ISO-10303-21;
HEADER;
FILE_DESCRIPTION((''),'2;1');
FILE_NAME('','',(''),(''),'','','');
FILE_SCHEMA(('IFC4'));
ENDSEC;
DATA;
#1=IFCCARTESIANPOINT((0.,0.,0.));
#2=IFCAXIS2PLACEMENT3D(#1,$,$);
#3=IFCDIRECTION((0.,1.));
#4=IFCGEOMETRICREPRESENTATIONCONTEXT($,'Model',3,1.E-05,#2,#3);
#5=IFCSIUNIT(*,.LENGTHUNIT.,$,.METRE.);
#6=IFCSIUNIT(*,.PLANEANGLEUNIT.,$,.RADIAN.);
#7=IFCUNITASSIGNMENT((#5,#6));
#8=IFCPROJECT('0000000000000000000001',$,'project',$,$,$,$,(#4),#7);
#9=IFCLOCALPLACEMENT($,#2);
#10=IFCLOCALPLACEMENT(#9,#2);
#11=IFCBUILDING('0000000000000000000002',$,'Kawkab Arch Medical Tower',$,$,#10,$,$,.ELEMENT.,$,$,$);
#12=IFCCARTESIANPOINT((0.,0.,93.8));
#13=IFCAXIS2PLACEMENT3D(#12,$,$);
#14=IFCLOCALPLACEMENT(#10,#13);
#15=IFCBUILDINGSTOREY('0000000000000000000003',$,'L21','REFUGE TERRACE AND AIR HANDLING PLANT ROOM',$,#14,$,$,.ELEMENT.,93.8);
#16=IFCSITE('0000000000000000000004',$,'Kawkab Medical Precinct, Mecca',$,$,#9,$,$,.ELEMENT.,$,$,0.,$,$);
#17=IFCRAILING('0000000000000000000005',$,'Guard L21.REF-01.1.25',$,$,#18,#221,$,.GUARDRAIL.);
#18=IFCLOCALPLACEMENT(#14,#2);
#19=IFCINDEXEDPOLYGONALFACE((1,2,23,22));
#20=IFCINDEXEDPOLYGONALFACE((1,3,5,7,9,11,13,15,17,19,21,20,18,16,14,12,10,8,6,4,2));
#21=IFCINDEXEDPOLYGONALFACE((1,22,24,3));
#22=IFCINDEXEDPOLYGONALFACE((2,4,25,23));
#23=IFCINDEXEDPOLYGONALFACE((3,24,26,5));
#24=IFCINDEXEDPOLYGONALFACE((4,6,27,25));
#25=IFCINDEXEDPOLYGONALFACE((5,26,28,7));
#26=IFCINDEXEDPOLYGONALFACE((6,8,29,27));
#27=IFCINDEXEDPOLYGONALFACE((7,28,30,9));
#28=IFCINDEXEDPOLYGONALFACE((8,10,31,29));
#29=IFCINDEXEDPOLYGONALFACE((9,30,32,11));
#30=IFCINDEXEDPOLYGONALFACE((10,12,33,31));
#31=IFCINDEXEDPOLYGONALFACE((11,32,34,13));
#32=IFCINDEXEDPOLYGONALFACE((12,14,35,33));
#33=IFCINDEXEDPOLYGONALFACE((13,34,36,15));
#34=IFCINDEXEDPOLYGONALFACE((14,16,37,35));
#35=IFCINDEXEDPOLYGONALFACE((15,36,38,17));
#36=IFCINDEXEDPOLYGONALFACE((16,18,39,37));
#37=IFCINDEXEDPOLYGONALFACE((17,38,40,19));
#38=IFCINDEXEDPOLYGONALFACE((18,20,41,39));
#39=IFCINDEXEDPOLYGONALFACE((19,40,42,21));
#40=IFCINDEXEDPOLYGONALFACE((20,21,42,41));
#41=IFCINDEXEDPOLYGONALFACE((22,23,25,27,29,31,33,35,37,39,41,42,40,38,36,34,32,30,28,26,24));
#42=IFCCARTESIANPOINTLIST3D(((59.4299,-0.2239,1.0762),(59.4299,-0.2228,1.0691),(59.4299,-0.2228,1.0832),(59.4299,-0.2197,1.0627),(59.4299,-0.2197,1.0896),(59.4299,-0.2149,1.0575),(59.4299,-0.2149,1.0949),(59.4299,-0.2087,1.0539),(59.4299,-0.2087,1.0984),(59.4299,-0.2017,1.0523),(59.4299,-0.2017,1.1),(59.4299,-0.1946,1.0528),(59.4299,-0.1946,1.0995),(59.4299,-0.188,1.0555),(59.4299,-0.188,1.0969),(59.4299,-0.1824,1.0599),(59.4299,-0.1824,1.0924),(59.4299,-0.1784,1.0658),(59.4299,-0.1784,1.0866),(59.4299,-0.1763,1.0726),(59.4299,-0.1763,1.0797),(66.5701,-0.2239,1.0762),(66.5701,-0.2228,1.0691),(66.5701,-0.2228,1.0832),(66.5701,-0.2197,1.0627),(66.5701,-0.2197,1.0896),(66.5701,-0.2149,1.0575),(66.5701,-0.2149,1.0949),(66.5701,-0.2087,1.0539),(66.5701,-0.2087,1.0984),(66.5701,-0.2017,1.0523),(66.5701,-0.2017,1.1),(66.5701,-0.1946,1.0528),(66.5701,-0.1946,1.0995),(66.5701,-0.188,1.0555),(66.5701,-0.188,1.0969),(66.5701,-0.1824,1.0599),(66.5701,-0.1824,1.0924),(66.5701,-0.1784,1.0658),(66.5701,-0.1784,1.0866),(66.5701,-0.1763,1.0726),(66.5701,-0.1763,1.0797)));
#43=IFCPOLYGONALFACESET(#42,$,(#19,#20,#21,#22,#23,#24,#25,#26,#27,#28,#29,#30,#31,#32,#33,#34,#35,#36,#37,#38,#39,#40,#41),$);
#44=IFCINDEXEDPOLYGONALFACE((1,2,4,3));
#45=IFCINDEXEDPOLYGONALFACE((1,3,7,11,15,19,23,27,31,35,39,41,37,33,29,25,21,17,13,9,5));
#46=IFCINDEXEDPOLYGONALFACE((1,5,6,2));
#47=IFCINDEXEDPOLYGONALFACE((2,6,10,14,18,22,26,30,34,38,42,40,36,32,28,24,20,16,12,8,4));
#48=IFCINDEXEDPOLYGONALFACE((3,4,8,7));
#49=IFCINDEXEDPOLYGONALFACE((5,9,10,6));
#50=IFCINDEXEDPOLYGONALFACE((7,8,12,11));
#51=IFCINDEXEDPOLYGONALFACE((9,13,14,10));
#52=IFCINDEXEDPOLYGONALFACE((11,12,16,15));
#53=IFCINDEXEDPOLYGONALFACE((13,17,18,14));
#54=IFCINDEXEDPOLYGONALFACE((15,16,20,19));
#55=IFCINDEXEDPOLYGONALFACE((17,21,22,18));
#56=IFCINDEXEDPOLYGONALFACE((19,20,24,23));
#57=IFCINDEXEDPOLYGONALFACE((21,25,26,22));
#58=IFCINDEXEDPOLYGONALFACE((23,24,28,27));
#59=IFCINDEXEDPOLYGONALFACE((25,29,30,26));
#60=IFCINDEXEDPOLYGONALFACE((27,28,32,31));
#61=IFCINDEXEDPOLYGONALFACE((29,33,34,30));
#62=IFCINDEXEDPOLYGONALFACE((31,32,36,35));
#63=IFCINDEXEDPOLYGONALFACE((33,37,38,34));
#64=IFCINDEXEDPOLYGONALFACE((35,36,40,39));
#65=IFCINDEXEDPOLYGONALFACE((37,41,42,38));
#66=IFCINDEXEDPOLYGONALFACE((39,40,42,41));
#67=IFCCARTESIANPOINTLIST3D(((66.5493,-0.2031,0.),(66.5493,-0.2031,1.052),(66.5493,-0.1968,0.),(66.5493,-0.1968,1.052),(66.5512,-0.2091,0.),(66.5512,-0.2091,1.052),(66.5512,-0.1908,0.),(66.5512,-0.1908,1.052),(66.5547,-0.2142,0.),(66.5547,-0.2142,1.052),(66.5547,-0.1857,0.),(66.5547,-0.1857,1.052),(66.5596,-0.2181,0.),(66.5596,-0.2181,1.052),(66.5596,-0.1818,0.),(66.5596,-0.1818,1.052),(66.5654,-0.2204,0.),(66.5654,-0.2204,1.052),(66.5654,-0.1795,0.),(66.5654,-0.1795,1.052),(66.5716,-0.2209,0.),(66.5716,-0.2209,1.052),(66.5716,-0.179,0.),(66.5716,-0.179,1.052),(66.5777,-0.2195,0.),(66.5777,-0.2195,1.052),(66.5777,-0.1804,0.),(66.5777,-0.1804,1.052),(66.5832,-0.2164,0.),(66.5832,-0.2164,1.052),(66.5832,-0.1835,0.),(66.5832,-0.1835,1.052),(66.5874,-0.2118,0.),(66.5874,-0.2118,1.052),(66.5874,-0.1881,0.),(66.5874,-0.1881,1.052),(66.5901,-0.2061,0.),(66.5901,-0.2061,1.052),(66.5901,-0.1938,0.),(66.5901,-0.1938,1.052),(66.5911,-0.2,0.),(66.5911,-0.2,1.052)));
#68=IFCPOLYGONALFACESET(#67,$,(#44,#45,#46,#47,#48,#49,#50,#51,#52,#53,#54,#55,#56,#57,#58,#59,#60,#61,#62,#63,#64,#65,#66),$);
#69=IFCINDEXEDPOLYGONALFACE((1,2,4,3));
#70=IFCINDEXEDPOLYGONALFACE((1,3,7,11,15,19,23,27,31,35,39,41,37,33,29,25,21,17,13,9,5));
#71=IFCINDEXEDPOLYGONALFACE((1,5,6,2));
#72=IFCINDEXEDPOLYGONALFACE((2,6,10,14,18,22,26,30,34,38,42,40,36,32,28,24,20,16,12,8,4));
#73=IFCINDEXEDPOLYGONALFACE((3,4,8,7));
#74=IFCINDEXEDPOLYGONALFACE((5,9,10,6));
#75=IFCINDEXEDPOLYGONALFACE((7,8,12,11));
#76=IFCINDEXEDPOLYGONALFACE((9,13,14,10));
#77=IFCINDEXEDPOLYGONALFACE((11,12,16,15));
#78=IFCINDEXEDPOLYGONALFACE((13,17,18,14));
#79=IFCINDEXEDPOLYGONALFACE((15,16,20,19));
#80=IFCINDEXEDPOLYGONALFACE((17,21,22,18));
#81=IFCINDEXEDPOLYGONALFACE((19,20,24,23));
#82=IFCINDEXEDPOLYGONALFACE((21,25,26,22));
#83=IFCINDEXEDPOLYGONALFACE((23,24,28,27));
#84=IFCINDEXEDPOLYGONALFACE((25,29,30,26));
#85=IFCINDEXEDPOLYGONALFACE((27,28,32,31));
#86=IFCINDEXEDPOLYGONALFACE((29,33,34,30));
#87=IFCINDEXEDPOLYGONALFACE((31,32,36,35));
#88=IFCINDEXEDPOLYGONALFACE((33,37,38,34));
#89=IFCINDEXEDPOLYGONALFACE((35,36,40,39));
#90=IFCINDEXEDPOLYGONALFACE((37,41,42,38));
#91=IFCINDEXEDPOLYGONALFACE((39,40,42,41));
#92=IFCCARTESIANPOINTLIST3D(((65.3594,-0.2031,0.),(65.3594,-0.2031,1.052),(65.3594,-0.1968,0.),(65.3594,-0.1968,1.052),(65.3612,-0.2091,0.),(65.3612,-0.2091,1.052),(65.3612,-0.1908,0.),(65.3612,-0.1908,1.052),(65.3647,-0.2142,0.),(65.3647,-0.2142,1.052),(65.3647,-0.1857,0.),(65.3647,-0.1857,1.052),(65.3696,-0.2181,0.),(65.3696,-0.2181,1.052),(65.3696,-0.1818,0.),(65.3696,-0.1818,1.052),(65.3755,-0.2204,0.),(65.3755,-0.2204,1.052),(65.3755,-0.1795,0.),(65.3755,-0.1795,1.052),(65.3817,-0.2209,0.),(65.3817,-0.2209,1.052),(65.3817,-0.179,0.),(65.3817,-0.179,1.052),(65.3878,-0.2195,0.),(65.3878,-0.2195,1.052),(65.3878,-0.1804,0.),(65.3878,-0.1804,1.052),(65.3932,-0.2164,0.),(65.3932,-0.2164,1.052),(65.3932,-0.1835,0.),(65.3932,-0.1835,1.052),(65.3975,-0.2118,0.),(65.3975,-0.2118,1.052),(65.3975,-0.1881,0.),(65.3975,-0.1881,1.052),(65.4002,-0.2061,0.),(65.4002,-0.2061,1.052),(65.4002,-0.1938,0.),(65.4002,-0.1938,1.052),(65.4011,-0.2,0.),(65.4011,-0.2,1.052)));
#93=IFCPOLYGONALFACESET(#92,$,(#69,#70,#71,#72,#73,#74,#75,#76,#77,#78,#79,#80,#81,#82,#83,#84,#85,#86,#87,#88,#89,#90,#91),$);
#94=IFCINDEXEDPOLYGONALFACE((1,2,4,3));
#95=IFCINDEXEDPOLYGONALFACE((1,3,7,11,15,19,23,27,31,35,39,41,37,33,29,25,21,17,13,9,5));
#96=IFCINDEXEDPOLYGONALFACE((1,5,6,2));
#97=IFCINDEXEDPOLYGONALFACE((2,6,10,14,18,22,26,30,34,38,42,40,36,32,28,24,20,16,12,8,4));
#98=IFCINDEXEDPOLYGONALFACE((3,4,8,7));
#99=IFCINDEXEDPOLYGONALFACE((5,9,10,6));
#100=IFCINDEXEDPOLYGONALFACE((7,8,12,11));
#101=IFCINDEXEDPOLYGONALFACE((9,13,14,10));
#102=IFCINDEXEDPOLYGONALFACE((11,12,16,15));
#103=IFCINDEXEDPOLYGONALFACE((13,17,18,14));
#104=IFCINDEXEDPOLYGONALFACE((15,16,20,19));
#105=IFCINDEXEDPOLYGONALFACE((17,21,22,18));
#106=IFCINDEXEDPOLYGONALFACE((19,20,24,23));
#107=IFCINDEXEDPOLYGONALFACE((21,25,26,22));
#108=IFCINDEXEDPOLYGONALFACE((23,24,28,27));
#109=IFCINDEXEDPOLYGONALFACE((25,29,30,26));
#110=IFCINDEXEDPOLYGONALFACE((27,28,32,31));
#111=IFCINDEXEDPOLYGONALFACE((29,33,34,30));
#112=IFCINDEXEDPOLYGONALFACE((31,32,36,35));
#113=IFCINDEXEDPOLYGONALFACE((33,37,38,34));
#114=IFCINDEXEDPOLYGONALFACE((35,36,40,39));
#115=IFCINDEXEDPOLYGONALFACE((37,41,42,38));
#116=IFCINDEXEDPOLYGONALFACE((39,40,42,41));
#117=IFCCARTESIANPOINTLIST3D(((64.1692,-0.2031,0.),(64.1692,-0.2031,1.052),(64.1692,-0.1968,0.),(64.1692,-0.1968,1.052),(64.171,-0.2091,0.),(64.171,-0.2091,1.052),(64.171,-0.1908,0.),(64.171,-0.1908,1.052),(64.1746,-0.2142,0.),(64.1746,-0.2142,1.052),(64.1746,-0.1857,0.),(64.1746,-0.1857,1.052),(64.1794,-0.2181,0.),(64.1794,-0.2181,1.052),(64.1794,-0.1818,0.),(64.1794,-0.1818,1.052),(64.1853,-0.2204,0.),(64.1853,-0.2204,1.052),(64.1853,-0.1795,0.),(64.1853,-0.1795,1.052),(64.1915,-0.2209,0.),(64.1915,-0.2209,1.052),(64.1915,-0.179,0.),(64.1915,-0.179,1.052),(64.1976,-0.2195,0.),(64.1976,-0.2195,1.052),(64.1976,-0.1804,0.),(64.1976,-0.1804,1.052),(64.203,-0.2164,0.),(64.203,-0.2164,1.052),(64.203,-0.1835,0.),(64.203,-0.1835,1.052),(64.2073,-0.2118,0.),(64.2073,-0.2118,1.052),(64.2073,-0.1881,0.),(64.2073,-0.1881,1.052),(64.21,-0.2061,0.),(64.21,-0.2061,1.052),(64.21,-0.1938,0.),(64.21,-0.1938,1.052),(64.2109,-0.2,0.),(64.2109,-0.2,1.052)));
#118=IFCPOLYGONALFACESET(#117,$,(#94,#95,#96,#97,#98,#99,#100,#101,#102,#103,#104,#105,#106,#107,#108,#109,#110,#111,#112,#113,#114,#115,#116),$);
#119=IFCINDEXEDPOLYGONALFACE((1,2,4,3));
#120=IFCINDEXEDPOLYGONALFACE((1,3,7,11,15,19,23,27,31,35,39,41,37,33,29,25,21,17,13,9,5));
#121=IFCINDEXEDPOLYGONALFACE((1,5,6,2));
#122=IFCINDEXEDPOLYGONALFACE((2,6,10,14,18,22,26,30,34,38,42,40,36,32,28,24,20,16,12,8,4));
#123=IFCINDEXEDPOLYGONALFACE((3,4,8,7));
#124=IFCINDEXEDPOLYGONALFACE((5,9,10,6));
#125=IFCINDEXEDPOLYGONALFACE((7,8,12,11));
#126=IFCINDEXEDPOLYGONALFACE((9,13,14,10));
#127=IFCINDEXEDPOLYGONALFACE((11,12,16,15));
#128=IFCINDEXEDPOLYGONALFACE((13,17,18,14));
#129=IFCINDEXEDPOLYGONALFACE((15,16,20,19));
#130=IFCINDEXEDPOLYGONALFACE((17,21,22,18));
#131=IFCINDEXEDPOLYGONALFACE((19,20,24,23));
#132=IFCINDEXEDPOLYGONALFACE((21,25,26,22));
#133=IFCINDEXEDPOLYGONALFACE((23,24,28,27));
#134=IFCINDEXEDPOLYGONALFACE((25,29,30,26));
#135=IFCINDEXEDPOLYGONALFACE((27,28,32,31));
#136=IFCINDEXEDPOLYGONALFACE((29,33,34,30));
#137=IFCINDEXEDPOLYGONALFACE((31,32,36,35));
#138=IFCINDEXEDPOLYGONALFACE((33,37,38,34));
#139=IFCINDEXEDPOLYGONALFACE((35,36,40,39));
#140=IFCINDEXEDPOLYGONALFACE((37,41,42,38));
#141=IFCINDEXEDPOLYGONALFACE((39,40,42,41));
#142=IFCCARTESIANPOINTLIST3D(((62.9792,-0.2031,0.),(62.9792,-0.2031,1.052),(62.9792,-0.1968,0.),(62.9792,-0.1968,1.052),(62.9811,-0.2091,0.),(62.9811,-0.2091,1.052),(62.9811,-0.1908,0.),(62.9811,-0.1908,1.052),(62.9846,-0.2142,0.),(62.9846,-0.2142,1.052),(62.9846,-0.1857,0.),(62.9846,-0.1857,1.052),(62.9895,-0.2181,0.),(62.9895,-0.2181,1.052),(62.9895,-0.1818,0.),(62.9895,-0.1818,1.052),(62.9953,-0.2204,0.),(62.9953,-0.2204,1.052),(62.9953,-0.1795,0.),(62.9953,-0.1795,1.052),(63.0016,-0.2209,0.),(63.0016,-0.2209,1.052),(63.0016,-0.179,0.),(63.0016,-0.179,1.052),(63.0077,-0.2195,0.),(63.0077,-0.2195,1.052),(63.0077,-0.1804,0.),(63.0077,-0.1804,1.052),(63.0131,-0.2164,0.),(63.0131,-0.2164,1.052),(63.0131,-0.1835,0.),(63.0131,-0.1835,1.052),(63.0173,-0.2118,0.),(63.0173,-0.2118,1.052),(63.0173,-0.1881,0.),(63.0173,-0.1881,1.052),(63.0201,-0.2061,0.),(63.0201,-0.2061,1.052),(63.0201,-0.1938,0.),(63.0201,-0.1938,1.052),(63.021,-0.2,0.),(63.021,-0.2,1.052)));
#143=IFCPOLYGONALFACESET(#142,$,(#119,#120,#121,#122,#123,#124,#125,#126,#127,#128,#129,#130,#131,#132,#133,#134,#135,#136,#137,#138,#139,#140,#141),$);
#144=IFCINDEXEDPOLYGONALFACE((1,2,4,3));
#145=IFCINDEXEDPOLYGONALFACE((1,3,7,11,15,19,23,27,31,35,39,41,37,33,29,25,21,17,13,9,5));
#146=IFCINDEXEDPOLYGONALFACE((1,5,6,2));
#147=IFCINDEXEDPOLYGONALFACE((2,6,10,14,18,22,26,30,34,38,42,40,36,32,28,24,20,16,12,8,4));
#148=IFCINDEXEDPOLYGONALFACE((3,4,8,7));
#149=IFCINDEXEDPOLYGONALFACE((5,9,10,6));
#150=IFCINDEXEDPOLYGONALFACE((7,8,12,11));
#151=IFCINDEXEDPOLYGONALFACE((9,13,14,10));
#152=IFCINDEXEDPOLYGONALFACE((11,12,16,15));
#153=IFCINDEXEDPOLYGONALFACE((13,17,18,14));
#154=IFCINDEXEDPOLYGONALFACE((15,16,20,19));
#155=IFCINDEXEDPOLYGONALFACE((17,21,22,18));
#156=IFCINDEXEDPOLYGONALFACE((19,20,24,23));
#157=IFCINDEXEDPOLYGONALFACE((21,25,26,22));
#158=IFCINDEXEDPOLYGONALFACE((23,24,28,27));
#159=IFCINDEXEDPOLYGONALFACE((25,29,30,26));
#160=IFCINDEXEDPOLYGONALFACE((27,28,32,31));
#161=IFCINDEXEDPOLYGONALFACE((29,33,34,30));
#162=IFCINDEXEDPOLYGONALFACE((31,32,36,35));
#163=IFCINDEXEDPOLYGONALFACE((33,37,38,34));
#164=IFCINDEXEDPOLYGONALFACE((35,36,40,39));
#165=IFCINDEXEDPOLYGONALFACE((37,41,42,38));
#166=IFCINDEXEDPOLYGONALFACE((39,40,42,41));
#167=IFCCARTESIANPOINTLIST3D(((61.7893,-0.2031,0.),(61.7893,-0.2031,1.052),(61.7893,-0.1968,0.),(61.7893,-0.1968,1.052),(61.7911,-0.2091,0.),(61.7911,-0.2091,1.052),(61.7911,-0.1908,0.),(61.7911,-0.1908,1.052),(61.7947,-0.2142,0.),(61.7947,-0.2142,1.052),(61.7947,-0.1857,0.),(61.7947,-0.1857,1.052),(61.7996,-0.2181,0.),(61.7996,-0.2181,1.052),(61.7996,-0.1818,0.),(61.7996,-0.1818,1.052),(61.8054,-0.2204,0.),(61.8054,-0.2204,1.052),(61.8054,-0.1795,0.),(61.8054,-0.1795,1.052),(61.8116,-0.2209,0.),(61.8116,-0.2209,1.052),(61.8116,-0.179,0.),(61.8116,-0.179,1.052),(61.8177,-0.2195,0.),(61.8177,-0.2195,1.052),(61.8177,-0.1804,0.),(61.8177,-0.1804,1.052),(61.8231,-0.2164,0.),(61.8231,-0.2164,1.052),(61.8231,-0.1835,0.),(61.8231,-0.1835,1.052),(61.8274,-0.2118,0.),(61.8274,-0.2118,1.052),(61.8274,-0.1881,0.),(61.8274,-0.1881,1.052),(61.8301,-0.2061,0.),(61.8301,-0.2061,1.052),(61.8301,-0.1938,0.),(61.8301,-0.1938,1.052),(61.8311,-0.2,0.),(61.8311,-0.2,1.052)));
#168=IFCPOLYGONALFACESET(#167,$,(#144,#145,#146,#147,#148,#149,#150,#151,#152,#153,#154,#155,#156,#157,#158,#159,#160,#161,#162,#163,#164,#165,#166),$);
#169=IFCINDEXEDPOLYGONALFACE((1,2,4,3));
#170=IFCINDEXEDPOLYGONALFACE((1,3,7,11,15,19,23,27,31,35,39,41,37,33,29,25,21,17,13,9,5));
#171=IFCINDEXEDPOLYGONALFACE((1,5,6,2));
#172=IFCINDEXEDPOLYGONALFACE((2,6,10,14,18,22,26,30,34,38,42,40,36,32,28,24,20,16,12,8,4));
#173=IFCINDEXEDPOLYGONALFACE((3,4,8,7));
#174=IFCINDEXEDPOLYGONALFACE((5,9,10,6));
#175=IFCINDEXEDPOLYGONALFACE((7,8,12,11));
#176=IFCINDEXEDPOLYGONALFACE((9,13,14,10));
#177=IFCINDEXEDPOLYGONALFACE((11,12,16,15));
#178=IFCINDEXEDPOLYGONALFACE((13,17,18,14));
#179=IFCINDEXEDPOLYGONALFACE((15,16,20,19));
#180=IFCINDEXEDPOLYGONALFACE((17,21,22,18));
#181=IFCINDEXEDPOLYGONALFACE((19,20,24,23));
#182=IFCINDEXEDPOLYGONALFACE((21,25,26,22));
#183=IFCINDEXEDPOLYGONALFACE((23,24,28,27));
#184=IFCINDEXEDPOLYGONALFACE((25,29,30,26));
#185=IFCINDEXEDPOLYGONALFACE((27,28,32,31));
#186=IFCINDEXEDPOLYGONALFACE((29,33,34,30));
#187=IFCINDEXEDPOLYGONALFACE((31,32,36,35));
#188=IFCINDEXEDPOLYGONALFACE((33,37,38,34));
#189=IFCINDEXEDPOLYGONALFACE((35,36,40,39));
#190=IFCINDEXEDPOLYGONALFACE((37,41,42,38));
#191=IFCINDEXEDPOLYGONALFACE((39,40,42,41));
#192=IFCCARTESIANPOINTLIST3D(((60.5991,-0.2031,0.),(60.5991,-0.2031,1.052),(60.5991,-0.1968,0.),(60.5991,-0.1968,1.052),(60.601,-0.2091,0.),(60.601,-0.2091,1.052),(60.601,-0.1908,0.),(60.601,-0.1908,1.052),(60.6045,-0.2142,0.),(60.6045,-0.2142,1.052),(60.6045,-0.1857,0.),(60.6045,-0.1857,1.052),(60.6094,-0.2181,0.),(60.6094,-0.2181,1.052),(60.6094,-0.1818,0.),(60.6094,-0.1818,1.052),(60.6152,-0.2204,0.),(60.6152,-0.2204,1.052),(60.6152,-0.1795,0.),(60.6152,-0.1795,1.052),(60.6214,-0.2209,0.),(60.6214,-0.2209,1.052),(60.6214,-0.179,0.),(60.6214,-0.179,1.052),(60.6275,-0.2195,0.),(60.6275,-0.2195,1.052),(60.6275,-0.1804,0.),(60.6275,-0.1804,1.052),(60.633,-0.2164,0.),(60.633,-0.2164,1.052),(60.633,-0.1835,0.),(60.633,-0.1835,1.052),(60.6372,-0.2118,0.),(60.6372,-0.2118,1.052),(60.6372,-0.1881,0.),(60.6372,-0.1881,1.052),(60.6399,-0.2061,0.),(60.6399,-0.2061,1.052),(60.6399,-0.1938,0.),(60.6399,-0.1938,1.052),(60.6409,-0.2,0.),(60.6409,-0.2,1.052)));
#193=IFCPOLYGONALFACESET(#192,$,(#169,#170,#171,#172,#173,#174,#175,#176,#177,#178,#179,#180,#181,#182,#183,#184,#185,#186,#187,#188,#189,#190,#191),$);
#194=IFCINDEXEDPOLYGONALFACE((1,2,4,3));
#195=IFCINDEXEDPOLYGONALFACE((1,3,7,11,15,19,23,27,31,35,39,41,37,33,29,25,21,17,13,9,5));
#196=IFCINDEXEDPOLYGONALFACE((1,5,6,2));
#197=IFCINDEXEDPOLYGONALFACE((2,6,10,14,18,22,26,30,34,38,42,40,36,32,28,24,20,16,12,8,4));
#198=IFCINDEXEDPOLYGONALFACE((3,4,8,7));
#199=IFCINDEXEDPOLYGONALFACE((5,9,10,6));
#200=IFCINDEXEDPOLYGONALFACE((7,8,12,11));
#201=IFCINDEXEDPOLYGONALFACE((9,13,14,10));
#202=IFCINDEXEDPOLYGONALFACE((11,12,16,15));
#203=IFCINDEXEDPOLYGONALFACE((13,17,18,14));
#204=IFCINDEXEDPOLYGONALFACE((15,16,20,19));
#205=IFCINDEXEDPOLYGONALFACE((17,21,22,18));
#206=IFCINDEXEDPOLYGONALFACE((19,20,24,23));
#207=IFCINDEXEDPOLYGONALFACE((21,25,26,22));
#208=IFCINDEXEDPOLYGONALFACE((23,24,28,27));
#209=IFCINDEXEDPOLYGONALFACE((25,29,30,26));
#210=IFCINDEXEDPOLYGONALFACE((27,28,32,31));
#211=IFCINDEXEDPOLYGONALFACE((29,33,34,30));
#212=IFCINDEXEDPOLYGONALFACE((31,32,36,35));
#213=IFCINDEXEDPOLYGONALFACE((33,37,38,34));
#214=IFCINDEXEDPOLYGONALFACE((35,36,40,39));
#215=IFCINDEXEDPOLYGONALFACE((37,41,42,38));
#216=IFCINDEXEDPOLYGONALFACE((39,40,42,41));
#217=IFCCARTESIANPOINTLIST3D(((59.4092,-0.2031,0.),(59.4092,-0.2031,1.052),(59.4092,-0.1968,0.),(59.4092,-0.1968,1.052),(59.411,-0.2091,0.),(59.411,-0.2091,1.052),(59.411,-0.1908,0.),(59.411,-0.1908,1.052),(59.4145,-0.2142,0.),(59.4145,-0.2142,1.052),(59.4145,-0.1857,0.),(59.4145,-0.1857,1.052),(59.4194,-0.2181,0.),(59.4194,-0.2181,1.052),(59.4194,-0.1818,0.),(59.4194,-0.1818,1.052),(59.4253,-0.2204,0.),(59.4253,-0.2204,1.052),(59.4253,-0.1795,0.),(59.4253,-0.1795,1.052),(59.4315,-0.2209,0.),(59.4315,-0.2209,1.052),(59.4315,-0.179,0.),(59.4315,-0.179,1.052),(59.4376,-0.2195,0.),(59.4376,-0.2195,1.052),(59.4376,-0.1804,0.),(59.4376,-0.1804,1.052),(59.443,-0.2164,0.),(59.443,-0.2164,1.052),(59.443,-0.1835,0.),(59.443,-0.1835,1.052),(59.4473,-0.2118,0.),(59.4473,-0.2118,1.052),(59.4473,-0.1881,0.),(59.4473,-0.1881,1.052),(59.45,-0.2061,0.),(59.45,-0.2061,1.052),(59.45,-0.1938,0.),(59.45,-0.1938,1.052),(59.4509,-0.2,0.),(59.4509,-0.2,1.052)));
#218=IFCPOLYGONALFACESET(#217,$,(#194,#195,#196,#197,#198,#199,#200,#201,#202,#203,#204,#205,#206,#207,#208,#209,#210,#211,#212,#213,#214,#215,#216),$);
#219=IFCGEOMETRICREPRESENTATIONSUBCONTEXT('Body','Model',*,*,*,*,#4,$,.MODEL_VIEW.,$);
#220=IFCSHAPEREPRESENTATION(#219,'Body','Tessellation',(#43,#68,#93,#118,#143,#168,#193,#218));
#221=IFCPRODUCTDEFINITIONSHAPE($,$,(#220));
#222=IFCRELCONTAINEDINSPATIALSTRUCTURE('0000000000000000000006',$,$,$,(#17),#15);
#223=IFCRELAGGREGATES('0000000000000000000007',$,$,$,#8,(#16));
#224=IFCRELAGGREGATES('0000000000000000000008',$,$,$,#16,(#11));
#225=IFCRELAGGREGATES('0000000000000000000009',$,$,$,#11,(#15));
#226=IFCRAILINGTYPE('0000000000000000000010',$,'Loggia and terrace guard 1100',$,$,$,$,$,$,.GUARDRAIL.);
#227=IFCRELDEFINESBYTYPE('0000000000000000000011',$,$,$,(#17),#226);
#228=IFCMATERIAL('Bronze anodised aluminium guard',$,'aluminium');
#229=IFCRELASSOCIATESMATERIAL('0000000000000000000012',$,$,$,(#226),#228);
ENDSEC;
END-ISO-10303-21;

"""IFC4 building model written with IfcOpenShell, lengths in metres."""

from ifc_helpers import new_model, si_unit, direction, frame, origin, origin_2d, place, context, subcontext, project, spatial, circle, extrude, material, type_object, element, save


model = new_model("IFC4")

# Units and contexts
model_context = context("Model", 3, precision=1e-05, world=origin(), true_north=direction((0.0, 1.0)))
body_context = subcontext(model_context, "Body", "Model", "MODEL_VIEW")
ifc_project = project(units=[si_unit("LENGTHUNIT", "METRE"), si_unit("PLANEANGLEUNIT", "RADIAN")], contexts=[model_context])

# Site, building, storey
site_placement = place(None, origin())
site = spatial("IfcSite", under=ifc_project, at=site_placement, Name="Kawkab Medical Precinct, Mecca", CompositionType="ELEMENT", RefElevation=0.0)
building_placement = place(site_placement, origin())
building = spatial("IfcBuilding", under=site, at=building_placement, Name="Kawkab Arch Medical Tower", CompositionType="ELEMENT")
storey_placement = place(building_placement, frame((0.0, 0.0, 93.8)))
storey = spatial("IfcBuildingStorey", under=building, at=storey_placement, Name="L21", Description="REFUGE TERRACE AND AIR HANDLING PLANT ROOM", CompositionType="ELEMENT", Elevation=93.8)

# Railing
ifc_material_1 = material(Name="Bronze anodised aluminium guard", Category="aluminium")
railing_type = type_object("IfcRailingType", Name="Loggia and terrace guard 1100", PredefinedType="GUARDRAIL", material=ifc_material_1)
railing_1_placement = place(storey_placement, frame((66.5701, -0.2, 0.0)))
element("IfcRailing", 1, at=railing_1_placement, inside=storey, type_object=railing_type, Name="Guard L21.REF-01.1.25", PredefinedType="GUARDRAIL", context=body_context, shape_type="SweptSolid", body=[
    extrude(circle(Radius=0.0239, at=origin_2d()), frame((0.0, 0.0, 1.0762), z_axis=(-1.0, 0.0, 0.0), x_axis=(0.0, -1.0, 0.0)), (0.0, 0.0, 1.0), 7.1401),
    extrude(circle(Radius=0.021, at=origin_2d()), origin(), (0.0, 0.0, 1.0), 1.052),
    extrude(circle(Radius=0.021, at=origin_2d()), frame((-1.1899, 0.0, 0.0)), (0.0, 0.0, 1.0), 1.052),
    extrude(circle(Radius=0.021, at=origin_2d()), frame((-2.3801, 0.0, 0.0)), (0.0, 0.0, 1.0), 1.052),
    extrude(circle(Radius=0.021, at=origin_2d()), frame((-3.5701, 0.0, 0.0)), (0.0, 0.0, 1.0), 1.052),
    extrude(circle(Radius=0.021, at=origin_2d()), frame((-4.76, 0.0, 0.0)), (0.0, 0.0, 1.0), 1.052),
    extrude(circle(Radius=0.021, at=origin_2d()), frame((-5.9502, 0.0, 0.0)), (0.0, 0.0, 1.0), 1.052),
    extrude(circle(Radius=0.021, at=origin_2d()), frame((-7.1401, 0.0, 0.0)), (0.0, 0.0, 1.0), 1.052),
])

save(model, "model.ifc")
